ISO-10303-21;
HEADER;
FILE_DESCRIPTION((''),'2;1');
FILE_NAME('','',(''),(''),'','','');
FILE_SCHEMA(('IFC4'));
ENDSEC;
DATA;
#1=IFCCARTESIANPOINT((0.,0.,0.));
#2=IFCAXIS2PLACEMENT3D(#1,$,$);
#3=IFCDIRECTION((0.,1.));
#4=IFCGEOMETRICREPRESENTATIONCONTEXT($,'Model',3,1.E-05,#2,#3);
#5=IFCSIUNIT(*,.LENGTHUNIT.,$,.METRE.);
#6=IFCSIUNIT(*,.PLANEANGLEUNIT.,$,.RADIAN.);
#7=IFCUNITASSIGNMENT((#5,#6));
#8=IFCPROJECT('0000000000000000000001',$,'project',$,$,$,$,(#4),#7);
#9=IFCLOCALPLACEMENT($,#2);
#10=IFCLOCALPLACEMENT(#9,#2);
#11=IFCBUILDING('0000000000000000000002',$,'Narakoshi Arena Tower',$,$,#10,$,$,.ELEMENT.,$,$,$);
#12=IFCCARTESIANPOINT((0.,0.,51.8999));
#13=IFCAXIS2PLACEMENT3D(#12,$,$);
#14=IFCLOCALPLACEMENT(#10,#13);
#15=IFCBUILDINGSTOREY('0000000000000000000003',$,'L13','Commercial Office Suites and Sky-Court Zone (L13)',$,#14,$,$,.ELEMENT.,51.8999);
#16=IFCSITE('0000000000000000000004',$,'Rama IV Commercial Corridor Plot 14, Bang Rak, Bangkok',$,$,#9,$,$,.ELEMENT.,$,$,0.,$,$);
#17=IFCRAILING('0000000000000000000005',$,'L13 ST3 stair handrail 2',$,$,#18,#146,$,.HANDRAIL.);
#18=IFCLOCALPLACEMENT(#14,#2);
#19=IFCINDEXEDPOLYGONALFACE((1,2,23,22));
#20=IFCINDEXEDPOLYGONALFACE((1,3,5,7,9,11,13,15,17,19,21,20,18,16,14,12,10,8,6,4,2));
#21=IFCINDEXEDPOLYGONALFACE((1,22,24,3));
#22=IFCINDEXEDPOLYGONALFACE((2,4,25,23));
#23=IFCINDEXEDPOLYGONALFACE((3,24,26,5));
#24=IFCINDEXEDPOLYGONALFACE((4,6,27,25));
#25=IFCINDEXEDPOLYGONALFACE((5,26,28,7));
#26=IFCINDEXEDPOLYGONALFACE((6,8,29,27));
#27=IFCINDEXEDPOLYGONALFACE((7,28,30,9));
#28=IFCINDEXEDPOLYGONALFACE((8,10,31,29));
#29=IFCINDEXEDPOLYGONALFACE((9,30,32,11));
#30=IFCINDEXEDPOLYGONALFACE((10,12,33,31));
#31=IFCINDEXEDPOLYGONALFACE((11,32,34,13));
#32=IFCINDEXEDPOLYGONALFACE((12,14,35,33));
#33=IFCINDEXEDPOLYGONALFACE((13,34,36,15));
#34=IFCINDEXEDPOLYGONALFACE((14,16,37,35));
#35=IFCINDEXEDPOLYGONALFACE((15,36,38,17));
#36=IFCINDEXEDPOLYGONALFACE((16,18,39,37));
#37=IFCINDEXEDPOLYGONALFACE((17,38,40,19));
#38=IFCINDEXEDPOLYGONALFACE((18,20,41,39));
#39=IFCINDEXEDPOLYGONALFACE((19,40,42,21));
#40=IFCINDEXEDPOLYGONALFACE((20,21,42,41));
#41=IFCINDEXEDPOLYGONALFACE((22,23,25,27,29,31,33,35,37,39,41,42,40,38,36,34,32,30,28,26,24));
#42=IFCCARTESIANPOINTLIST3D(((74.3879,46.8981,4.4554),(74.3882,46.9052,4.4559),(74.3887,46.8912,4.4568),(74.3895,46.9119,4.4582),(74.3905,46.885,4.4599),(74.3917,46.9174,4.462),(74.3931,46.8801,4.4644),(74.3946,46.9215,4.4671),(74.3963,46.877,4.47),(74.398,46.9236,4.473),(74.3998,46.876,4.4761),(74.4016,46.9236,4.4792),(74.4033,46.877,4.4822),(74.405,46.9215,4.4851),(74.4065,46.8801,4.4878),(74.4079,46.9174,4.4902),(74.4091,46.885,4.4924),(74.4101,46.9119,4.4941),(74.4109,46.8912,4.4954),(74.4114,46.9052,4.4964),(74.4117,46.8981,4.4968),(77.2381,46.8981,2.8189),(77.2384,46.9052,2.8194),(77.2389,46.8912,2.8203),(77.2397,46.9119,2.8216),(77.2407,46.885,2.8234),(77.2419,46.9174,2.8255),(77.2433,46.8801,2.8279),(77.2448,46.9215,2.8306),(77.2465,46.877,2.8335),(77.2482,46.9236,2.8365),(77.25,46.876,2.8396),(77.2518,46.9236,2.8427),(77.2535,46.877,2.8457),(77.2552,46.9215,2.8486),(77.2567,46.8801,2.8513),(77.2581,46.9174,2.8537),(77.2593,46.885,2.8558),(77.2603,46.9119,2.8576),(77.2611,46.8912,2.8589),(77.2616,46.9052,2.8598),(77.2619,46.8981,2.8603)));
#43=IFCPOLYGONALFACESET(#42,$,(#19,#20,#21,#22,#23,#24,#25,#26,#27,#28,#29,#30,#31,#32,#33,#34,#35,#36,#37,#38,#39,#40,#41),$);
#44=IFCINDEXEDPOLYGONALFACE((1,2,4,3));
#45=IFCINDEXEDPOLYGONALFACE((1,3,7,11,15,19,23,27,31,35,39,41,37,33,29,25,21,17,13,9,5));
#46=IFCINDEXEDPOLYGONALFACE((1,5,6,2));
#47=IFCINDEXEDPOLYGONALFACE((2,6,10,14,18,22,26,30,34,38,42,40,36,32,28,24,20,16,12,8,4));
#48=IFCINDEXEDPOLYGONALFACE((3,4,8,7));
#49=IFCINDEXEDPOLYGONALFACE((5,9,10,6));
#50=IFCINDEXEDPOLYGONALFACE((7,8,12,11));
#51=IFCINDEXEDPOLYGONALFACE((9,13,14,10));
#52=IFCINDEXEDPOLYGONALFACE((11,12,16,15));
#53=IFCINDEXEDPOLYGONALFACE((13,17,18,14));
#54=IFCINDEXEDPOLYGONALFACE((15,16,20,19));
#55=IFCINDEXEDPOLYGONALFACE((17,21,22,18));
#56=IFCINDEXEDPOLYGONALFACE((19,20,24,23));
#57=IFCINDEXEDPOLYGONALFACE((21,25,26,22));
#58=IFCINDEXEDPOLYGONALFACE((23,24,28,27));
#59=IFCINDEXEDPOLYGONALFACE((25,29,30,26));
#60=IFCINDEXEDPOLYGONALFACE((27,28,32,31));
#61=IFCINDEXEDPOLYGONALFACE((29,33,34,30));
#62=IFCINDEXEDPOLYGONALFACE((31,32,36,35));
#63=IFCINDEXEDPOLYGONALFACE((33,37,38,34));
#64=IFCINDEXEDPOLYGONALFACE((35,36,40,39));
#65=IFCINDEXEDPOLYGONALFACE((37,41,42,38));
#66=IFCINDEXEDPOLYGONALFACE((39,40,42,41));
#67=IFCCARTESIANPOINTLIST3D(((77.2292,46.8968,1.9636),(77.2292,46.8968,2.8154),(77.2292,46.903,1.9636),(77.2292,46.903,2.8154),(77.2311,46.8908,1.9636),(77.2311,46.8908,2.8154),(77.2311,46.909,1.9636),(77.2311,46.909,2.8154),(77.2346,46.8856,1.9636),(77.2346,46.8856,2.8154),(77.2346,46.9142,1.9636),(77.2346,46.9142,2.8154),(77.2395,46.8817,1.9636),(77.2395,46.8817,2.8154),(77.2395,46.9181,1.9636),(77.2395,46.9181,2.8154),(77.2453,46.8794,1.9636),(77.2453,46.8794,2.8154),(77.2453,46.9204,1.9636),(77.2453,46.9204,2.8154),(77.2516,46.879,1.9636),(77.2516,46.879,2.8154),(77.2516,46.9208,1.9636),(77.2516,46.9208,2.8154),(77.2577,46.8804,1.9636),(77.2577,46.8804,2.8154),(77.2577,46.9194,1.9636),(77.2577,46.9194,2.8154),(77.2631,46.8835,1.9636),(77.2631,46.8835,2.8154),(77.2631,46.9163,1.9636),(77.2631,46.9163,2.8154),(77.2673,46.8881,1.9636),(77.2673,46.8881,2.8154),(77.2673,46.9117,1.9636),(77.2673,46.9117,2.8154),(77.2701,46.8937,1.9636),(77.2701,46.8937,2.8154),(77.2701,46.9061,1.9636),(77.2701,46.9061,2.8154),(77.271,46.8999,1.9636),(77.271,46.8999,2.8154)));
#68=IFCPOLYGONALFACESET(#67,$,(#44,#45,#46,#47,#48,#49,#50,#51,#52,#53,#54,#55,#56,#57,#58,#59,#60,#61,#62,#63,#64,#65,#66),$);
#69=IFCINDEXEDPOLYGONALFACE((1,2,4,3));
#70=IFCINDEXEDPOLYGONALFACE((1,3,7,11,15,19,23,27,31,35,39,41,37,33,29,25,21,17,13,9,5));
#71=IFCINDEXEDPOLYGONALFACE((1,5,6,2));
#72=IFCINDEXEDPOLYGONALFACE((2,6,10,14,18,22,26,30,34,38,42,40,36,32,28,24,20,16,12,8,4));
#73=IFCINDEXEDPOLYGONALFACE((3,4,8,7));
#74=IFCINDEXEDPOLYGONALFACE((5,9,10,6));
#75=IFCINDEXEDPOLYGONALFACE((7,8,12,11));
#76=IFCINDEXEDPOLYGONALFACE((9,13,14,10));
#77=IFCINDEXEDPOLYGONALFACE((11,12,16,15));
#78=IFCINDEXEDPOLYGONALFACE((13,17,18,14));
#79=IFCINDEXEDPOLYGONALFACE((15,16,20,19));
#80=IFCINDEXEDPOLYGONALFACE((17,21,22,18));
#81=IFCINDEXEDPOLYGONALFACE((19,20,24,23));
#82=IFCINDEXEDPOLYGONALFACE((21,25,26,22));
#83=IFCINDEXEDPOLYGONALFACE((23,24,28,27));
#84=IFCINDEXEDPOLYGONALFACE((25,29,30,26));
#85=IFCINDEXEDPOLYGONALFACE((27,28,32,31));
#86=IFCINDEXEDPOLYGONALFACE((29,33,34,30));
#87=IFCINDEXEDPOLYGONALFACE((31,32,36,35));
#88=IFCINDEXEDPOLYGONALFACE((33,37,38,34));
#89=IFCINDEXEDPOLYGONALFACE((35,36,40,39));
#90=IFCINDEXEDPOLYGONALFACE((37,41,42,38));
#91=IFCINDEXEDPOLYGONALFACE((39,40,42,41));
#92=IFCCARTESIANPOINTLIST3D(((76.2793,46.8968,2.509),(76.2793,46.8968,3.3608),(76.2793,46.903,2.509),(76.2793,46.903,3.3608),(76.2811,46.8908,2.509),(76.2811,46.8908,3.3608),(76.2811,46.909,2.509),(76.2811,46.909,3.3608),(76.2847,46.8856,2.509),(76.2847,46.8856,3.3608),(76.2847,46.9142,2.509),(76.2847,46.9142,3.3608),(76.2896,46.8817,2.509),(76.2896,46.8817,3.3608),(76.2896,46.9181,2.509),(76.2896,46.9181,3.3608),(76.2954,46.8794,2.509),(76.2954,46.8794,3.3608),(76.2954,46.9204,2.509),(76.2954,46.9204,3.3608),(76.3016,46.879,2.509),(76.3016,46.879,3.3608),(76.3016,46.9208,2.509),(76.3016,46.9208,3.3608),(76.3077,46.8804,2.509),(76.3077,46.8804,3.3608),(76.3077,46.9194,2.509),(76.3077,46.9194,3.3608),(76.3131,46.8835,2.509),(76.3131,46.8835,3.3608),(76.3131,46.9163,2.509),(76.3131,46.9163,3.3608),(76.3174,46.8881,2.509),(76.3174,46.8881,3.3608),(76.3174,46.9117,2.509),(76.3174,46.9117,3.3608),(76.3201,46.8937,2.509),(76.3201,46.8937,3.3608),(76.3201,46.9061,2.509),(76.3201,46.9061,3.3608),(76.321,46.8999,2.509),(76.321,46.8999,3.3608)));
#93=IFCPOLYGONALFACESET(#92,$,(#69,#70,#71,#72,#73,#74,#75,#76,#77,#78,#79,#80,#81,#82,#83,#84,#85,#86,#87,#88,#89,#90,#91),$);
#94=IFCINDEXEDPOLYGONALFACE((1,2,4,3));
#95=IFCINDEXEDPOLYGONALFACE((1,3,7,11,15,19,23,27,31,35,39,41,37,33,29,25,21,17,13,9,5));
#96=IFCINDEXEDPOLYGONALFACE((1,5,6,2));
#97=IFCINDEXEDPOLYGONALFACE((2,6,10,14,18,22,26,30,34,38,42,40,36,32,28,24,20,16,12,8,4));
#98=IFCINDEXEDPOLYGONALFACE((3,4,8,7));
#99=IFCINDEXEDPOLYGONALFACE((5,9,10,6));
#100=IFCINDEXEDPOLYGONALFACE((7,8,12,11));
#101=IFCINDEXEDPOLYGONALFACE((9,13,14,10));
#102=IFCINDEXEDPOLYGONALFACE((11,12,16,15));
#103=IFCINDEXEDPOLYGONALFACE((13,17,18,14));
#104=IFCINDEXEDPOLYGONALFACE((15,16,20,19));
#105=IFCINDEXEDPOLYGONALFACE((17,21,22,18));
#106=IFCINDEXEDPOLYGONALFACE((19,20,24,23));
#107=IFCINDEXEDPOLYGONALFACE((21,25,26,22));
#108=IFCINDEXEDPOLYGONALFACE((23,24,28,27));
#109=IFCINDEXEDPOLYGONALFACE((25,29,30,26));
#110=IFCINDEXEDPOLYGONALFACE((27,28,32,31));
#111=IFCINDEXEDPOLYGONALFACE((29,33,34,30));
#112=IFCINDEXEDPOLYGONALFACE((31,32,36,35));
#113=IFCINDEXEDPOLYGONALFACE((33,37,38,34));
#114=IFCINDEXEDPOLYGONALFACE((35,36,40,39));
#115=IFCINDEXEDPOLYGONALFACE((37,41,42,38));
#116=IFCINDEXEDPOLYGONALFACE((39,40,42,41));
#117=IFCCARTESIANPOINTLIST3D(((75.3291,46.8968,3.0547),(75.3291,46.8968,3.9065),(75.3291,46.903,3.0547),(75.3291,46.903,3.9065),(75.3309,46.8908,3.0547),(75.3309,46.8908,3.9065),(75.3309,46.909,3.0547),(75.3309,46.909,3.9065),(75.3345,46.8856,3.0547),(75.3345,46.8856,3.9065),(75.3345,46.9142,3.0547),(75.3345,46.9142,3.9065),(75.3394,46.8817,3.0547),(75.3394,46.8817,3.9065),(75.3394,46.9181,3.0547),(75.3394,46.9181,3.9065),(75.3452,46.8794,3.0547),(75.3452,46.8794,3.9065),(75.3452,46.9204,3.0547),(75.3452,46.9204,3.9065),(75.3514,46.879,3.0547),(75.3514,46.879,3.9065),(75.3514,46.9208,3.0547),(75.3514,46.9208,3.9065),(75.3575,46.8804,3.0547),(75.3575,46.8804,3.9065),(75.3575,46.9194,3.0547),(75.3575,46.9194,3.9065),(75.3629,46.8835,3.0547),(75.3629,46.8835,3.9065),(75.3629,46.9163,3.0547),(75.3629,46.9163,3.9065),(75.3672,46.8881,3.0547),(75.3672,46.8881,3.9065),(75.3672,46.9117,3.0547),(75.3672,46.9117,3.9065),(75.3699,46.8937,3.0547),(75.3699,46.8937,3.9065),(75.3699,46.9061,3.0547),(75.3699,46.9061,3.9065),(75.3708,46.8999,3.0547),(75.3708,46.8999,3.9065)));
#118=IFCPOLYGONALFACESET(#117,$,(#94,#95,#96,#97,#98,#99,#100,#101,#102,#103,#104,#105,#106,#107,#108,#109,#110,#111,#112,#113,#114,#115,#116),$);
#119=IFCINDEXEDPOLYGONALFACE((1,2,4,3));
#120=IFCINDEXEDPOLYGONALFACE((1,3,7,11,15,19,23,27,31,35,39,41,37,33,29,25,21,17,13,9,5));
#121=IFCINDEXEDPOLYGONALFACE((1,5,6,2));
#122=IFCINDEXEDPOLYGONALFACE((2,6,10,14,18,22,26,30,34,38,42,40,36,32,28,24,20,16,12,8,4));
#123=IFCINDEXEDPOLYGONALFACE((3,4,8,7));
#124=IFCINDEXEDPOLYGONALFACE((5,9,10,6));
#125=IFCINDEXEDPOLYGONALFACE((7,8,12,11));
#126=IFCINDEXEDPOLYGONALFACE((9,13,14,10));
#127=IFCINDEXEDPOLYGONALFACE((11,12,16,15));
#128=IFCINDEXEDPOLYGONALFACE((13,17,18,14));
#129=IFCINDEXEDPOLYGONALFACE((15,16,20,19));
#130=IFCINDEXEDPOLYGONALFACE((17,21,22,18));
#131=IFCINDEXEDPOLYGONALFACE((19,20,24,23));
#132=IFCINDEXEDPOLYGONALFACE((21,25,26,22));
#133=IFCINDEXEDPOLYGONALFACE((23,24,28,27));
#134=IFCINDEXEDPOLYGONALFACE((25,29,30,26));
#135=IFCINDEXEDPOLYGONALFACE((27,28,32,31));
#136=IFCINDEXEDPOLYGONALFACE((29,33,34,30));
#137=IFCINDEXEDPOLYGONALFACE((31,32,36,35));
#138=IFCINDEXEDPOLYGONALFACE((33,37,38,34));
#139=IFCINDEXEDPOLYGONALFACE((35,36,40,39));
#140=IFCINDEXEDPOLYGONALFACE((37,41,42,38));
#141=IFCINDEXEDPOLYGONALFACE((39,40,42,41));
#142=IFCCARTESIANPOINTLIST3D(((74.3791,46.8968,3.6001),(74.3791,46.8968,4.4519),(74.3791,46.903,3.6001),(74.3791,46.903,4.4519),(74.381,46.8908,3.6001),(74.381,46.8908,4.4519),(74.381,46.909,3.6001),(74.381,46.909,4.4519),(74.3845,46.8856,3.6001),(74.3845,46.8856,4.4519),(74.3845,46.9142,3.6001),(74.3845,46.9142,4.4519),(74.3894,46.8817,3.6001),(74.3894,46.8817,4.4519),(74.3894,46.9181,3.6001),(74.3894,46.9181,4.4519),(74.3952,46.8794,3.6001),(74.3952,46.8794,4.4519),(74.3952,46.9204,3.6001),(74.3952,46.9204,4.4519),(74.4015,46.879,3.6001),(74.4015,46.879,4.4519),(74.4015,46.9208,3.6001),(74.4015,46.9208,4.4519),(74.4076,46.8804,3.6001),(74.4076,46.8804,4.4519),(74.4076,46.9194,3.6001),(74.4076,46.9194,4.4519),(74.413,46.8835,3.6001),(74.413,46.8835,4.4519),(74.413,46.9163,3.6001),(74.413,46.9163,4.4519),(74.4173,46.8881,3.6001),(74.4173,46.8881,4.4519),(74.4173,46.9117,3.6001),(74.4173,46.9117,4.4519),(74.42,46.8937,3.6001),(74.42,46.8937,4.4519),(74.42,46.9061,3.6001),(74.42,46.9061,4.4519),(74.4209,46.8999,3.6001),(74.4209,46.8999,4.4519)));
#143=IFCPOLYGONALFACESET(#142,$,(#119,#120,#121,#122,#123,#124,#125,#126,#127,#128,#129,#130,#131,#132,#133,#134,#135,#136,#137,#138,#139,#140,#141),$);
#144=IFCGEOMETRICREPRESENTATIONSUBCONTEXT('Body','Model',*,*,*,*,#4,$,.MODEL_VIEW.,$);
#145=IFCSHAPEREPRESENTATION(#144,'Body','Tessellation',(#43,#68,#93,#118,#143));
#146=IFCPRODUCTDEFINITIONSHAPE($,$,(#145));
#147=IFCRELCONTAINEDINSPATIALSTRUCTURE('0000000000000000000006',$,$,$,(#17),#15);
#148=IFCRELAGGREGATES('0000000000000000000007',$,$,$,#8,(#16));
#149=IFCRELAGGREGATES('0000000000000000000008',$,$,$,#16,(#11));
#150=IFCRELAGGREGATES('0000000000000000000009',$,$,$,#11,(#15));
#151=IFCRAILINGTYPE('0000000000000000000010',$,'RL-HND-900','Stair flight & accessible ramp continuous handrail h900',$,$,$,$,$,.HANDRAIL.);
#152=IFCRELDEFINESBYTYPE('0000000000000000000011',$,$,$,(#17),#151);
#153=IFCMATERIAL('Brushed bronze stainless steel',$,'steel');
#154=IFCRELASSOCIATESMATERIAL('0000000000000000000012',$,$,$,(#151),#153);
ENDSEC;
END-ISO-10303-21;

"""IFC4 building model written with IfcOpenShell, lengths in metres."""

from ifc_helpers import new_model, si_unit, direction, frame, origin, origin_2d, place, context, subcontext, project, spatial, circle, extrude, material, type_object, element, save


model = new_model("IFC4")

# Units and contexts
model_context = context("Model", 3, precision=1e-05, world=origin(), true_north=direction((0.0, 1.0)))
body_context = subcontext(model_context, "Body", "Model", "MODEL_VIEW")
ifc_project = project(units=[si_unit("LENGTHUNIT", "METRE"), si_unit("PLANEANGLEUNIT", "RADIAN")], contexts=[model_context])

# Site, building, storey
site_placement = place(None, origin())
site = spatial("IfcSite", under=ifc_project, at=site_placement, Name="Rama IV Commercial Corridor Plot 14, Bang Rak, Bangkok", CompositionType="ELEMENT", RefElevation=0.0)
building_placement = place(site_placement, origin())
building = spatial("IfcBuilding", under=site, at=building_placement, Name="Narakoshi Arena Tower", CompositionType="ELEMENT")
storey_placement = place(building_placement, frame((0.0, 0.0, 51.8999)))
storey = spatial("IfcBuildingStorey", under=building, at=storey_placement, Name="L13", Description="Commercial Office Suites and Sky-Court Zone (L13)", CompositionType="ELEMENT", Elevation=51.8999)

# Shared definitions
ifc_material_1 = material(Name="Brushed bronze stainless steel", Category="steel")

# Railing
railing_type_1 = type_object("IfcRailingType", Name="RL-HND-900", Description="Stair flight & accessible ramp continuous handrail h900", PredefinedType="HANDRAIL", material=ifc_material_1)
railing_1_placement = place(storey_placement, frame((77.25, 46.8999, 1.9636)))
element("IfcRailing", 1, at=railing_1_placement, inside=storey, type_object=railing_type_1, Name="L13 ST3 stair handrail 2", PredefinedType="HANDRAIL", context=body_context, shape_type="SweptSolid", body=[
    extrude(circle(Radius=0.0239, at=origin_2d()), frame((0.0, 0.0, 0.876), z_axis=(-0.867213, 0.0, 0.497938), x_axis=(0.0, -1.0, 0.0)), (0.0, 0.0, 1.0), 3.2866),
    extrude(circle(Radius=0.021, at=origin_2d()), origin(), (0.0, 0.0, 1.0), 0.8518),
    extrude(circle(Radius=0.021, at=origin_2d()), frame((-0.95, 0.0, 0.5454)), (0.0, 0.0, 1.0), 0.8518),
    extrude(circle(Radius=0.021, at=origin_2d()), frame((-1.9001, 0.0, 1.0911)), (0.0, 0.0, 1.0), 0.8518),
    extrude(circle(Radius=0.021, at=origin_2d()), frame((-2.8501, 0.0, 1.6365)), (0.0, 0.0, 1.0), 0.8518),
])

save(model, "model.ifc")
